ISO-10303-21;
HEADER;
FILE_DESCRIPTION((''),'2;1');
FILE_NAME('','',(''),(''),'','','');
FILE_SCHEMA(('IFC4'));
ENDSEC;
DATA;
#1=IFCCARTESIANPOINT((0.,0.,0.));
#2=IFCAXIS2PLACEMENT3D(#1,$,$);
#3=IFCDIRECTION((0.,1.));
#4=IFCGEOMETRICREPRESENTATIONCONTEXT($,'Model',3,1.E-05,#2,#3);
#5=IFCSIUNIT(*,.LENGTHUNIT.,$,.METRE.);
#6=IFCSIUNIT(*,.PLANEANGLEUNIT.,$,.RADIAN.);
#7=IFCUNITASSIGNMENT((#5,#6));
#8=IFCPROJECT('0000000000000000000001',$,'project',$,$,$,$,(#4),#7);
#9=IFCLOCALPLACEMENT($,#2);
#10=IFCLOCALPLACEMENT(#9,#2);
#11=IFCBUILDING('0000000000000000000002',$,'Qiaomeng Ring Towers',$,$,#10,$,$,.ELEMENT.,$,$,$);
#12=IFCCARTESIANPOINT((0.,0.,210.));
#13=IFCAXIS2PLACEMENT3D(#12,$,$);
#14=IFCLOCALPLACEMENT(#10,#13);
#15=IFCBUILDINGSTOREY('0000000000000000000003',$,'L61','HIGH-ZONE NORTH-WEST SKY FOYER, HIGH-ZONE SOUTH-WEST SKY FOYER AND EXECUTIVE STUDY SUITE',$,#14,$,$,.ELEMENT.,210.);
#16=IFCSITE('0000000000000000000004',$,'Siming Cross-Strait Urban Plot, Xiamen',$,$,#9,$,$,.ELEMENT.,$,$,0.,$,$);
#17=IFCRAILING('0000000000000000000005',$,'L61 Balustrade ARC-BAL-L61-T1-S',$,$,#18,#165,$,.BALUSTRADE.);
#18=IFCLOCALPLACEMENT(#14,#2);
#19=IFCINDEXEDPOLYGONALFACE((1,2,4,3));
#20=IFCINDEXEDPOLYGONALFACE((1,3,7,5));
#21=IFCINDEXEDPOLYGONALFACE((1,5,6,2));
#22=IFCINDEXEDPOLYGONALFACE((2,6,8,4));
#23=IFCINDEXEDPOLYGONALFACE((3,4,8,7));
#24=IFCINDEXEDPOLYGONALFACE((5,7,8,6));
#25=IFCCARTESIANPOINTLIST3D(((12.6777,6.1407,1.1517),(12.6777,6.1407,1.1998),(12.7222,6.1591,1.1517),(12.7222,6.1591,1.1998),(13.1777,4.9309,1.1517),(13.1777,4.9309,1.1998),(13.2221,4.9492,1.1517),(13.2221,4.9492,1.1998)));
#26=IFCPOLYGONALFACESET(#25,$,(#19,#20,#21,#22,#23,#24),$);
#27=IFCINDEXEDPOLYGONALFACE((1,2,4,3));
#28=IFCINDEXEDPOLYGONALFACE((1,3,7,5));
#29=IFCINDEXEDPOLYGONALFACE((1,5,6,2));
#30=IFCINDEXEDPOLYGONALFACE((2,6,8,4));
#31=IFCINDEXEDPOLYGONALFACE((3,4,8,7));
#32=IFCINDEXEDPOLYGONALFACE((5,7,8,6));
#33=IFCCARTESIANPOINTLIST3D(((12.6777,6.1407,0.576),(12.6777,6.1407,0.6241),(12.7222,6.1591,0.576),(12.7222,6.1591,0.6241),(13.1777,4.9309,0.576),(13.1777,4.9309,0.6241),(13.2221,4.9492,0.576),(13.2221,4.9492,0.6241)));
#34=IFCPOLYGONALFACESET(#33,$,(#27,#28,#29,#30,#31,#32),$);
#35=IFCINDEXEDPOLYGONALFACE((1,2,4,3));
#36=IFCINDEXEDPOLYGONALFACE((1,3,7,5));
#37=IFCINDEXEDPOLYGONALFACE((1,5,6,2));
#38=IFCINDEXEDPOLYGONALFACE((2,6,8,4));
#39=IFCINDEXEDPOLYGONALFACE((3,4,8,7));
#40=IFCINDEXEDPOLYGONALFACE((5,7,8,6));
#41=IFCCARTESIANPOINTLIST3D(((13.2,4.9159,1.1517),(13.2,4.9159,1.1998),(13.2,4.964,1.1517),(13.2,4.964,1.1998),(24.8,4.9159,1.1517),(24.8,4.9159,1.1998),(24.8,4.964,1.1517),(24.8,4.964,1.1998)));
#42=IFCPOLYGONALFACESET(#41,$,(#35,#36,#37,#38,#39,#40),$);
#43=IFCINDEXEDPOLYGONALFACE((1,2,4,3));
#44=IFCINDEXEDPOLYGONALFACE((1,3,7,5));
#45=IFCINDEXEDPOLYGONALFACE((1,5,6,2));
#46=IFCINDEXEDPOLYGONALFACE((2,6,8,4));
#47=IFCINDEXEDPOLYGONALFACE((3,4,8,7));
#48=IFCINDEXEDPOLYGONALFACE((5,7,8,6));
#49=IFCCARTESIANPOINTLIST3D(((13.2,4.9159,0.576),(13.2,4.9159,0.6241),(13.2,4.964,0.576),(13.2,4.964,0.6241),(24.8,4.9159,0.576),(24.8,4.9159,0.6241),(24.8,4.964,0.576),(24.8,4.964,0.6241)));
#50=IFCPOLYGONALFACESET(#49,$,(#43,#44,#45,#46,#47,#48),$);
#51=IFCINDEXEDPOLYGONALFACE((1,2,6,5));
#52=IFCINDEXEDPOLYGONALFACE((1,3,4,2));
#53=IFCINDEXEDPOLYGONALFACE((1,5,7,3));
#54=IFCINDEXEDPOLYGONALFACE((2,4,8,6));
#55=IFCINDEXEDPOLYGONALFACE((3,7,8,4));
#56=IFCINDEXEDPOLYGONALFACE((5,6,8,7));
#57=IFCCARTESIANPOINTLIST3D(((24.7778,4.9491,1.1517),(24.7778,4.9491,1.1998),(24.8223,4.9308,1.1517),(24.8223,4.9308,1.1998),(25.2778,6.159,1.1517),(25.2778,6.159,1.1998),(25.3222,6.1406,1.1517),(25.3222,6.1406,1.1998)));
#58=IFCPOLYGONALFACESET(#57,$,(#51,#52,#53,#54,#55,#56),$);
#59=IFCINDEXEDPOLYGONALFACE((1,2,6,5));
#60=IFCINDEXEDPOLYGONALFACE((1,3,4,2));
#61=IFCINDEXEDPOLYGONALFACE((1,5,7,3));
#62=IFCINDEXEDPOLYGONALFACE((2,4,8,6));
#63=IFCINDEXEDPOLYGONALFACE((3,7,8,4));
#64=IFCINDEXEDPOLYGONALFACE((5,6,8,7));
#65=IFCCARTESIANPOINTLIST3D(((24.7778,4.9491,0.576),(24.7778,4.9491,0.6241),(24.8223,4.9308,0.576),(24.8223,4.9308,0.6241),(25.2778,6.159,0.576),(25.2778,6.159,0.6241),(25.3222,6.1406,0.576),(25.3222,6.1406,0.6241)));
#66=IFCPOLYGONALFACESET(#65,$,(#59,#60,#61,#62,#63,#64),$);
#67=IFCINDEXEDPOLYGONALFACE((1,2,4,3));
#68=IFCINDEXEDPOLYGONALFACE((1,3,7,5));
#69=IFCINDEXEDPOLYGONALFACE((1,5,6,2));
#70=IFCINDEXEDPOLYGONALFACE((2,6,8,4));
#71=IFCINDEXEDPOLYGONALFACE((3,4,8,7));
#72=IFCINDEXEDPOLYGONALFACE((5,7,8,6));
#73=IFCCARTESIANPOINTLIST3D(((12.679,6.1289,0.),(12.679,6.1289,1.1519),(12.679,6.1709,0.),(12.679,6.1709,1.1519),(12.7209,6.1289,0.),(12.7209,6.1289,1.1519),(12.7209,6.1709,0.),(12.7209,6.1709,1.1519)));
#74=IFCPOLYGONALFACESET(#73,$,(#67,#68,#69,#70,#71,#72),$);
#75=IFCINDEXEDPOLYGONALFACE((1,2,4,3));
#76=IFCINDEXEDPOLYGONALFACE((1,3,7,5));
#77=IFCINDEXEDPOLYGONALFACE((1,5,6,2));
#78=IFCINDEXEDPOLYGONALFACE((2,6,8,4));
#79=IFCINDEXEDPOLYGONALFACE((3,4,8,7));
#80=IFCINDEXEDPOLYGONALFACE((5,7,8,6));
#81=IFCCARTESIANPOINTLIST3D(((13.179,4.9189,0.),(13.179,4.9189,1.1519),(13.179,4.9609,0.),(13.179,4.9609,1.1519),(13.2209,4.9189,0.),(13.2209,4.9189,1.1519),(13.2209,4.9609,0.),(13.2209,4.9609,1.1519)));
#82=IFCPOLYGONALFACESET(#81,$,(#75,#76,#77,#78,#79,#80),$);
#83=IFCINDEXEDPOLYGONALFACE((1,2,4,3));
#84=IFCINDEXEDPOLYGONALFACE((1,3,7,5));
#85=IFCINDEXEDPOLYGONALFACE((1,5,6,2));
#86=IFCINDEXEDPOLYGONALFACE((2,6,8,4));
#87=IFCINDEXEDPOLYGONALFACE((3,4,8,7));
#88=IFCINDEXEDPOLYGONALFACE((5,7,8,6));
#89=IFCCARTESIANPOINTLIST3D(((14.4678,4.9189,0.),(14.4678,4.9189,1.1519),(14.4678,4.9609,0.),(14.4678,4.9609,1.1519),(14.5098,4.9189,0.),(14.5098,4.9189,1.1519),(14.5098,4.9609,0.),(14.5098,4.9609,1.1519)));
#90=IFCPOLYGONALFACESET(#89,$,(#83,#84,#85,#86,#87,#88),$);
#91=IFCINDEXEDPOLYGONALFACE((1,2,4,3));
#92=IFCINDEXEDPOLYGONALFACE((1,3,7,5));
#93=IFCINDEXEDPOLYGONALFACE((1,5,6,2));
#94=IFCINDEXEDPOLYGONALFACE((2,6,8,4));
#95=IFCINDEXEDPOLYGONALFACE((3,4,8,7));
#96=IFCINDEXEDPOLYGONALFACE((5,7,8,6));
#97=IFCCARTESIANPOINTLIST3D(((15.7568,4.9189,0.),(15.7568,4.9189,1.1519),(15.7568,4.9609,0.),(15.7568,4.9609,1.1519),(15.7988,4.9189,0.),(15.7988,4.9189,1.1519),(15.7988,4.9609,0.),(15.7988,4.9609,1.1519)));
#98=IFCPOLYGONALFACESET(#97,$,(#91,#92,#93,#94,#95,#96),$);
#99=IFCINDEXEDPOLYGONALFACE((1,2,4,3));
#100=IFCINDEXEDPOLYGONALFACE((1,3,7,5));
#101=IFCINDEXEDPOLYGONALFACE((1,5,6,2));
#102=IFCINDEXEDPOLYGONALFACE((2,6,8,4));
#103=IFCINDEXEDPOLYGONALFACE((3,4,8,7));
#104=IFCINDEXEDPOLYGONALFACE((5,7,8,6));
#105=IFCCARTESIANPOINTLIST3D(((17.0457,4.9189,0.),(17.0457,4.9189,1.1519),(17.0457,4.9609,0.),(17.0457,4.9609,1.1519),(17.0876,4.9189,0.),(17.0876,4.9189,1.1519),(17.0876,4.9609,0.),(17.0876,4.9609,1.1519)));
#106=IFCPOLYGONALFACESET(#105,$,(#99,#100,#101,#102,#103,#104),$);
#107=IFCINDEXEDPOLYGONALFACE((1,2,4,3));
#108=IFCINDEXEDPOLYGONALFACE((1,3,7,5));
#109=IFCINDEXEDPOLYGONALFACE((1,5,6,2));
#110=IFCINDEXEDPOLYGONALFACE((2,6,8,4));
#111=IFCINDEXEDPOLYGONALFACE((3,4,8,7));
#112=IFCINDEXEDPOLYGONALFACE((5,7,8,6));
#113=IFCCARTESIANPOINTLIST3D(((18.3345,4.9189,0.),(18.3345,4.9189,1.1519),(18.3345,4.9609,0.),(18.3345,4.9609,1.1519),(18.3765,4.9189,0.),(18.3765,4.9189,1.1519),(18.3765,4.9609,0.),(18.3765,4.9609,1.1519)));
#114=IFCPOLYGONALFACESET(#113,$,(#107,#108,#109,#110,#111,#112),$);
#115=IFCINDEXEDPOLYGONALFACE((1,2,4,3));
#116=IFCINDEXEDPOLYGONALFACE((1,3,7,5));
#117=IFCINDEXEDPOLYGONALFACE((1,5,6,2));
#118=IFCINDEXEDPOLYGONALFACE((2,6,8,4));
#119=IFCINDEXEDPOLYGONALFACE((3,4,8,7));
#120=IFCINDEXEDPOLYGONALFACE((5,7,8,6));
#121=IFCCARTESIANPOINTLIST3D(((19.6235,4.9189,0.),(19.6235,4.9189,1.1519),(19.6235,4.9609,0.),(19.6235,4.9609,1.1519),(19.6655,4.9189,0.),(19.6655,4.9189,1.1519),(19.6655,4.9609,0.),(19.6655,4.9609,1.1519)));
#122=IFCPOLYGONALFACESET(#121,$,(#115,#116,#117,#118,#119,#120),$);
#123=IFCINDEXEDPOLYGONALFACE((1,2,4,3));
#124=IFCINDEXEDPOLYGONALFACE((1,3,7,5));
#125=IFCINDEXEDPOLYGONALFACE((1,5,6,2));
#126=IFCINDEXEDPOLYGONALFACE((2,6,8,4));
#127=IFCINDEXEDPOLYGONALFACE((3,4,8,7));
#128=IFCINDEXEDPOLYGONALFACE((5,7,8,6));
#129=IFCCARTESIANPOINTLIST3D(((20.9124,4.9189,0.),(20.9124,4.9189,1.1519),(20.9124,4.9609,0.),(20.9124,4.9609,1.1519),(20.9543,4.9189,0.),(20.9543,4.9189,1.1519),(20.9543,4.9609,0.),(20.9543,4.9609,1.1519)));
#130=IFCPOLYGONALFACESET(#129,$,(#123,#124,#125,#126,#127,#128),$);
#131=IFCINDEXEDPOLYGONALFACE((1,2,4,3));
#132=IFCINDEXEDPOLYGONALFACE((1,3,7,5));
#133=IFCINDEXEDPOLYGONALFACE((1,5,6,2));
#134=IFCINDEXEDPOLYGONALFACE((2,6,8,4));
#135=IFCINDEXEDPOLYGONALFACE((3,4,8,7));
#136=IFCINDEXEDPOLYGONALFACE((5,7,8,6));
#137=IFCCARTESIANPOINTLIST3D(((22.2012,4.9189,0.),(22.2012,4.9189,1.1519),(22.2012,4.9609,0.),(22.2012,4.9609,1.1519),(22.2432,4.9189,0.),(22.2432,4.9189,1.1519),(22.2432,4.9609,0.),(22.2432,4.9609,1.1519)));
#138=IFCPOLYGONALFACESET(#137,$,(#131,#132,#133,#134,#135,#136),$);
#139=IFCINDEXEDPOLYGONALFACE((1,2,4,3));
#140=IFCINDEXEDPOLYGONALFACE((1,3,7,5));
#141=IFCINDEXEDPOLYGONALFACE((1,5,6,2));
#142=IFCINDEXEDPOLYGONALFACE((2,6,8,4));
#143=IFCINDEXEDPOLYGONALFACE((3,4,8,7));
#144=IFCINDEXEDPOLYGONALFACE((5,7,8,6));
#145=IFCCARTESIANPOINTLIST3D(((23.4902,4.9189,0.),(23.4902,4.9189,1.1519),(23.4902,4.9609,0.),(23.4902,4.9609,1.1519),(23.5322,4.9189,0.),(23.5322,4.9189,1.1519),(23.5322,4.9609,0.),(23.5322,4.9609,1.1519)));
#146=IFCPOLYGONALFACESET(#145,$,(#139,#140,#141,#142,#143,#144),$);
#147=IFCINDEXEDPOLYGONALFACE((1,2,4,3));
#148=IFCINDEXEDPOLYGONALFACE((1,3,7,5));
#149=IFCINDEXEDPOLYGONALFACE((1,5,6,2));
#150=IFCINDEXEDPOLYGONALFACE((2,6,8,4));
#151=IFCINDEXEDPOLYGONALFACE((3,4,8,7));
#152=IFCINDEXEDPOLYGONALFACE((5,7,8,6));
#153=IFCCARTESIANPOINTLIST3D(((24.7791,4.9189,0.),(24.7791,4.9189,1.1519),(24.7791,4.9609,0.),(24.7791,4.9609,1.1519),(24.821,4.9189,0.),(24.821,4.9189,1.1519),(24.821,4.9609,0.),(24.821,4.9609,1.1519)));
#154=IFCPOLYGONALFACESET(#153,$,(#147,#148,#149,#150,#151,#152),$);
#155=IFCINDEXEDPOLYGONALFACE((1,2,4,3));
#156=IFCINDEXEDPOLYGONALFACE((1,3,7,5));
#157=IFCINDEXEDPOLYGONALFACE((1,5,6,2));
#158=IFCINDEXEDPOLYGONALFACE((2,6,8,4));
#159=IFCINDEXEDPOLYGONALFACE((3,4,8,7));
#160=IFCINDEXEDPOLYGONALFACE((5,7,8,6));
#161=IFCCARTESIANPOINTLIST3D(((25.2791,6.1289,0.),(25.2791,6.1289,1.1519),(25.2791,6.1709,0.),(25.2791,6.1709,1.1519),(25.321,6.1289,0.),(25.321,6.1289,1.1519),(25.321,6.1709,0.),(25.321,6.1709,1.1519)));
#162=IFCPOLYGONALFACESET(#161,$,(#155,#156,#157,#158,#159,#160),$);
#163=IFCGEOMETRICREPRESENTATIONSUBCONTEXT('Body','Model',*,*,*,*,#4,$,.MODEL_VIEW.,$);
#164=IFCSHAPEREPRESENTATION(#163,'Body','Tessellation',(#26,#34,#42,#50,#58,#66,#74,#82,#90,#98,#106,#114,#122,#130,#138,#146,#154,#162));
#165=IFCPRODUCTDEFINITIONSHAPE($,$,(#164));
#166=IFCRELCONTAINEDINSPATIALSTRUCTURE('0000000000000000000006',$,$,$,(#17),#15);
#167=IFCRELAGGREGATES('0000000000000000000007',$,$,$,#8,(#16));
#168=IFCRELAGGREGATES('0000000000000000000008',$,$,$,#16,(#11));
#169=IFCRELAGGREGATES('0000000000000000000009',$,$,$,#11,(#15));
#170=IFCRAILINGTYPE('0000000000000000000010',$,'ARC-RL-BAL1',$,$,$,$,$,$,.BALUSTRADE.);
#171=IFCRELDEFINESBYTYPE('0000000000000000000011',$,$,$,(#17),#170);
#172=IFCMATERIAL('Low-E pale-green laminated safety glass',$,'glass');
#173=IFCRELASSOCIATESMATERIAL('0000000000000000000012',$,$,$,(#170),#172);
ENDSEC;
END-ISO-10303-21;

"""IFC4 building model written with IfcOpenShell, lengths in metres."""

from ifc_helpers import new_model, si_unit, direction, frame, origin, origin_2d, place, context, subcontext, project, spatial, rectangle, extrude, material, type_object, element, save


model = new_model("IFC4")

# Units and contexts
model_context = context("Model", 3, precision=1e-05, world=origin(), true_north=direction((0.0, 1.0)))
body_context = subcontext(model_context, "Body", "Model", "MODEL_VIEW")
ifc_project = project(units=[si_unit("LENGTHUNIT", "METRE"), si_unit("PLANEANGLEUNIT", "RADIAN")], contexts=[model_context])

# Site, building, storey
site_placement = place(None, origin())
site = spatial("IfcSite", under=ifc_project, at=site_placement, Name="Siming Cross-Strait Urban Plot, Xiamen", CompositionType="ELEMENT", RefElevation=0.0)
building_placement = place(site_placement, origin())
building = spatial("IfcBuilding", under=site, at=building_placement, Name="Qiaomeng Ring Towers", CompositionType="ELEMENT")
storey_placement = place(building_placement, frame((0.0, 0.0, 210.0)))
storey = spatial("IfcBuildingStorey", under=building, at=storey_placement, Name="L61", Description="HIGH-ZONE NORTH-WEST SKY FOYER, HIGH-ZONE SOUTH-WEST SKY FOYER AND EXECUTIVE STUDY SUITE", CompositionType="ELEMENT", Elevation=210.0)

# Railing
ifc_material_1 = material(Name="Low-E pale-green laminated safety glass", Category="glass")
railing_type = type_object("IfcRailingType", Name="ARC-RL-BAL1", PredefinedType="BALUSTRADE", material=ifc_material_1)
railing_placement = place(storey_placement, frame((12.7, 6.1499, 0.0)))
element("IfcRailing", 1, at=railing_placement, inside=storey, type_object=railing_type, Name="L61 Balustrade ARC-BAL-L61-T1-S", PredefinedType="BALUSTRADE", context=body_context, shape_type="SweptSolid", body=[
    extrude(rectangle(XDim=0.0481, YDim=0.0481, at=origin_2d()), frame((0.0, 0.0, 1.1758), z_axis=(0.381913, -0.924198, 0.0), x_axis=(0.924198, 0.381913, 0.0)), (0.0, 0.0, 1.0), 1.3091),
    extrude(rectangle(XDim=0.0481, YDim=0.0481, at=origin_2d()), frame((0.0, 0.0, 0.6001), z_axis=(0.381913, -0.924198, 0.0), x_axis=(0.924198, 0.381913, 0.0)), (0.0, 0.0, 1.0), 1.3091),
    extrude(rectangle(XDim=0.0481, YDim=0.0481, at=origin_2d()), frame((0.5, -1.21, 1.1758), z_axis=(1.0, 0.0, 0.0), x_axis=(0.0, 1.0, 0.0)), (0.0, 0.0, 1.0), 11.6001),
    extrude(rectangle(XDim=0.0481, YDim=0.0481, at=origin_2d()), frame((0.5, -1.21, 0.6001), z_axis=(1.0, 0.0, 0.0), x_axis=(0.0, 1.0, 0.0)), (0.0, 0.0, 1.0), 11.6001),
    extrude(rectangle(XDim=0.0481, YDim=0.0481, at=origin_2d()), frame((12.1001, -1.21, 1.1758), z_axis=(0.381913, 0.924198, 0.0), x_axis=(-0.924198, 0.381913, 0.0)), (0.0, 0.0, 1.0), 1.3091),
    extrude(rectangle(XDim=0.0481, YDim=0.0481, at=origin_2d()), frame((12.1001, -1.21, 0.6001), z_axis=(0.381913, 0.924198, 0.0), x_axis=(-0.924198, 0.381913, 0.0)), (0.0, 0.0, 1.0), 1.3091),
    extrude(rectangle(XDim=0.042, YDim=0.042, at=origin_2d()), origin(), (0.0, 0.0, 1.0), 1.1519),
    extrude(rectangle(XDim=0.042, YDim=0.042, at=origin_2d()), frame((0.5, -1.21, 0.0)), (0.0, 0.0, 1.0), 1.1519),
    extrude(rectangle(XDim=0.042, YDim=0.042, at=origin_2d()), frame((1.7888, -1.21, 0.0)), (0.0, 0.0, 1.0), 1.1519),
    extrude(rectangle(XDim=0.042, YDim=0.042, at=origin_2d()), frame((3.0779, -1.21, 0.0)), (0.0, 0.0, 1.0), 1.1519),
    extrude(rectangle(XDim=0.042, YDim=0.042, at=origin_2d()), frame((4.3667, -1.21, 0.0)), (0.0, 0.0, 1.0), 1.1519),
    extrude(rectangle(XDim=0.042, YDim=0.042, at=origin_2d()), frame((5.6555, -1.21, 0.0)), (0.0, 0.0, 1.0), 1.1519),
    extrude(rectangle(XDim=0.042, YDim=0.042, at=origin_2d()), frame((6.9446, -1.21, 0.0)), (0.0, 0.0, 1.0), 1.1519),
    extrude(rectangle(XDim=0.042, YDim=0.042, at=origin_2d()), frame((8.2334, -1.21, 0.0)), (0.0, 0.0, 1.0), 1.1519),
    extrude(rectangle(XDim=0.042, YDim=0.042, at=origin_2d()), frame((9.5222, -1.21, 0.0)), (0.0, 0.0, 1.0), 1.1519),
    extrude(rectangle(XDim=0.042, YDim=0.042, at=origin_2d()), frame((10.8113, -1.21, 0.0)), (0.0, 0.0, 1.0), 1.1519),
    extrude(rectangle(XDim=0.042, YDim=0.042, at=origin_2d()), frame((12.1001, -1.21, 0.0)), (0.0, 0.0, 1.0), 1.1519),
    extrude(rectangle(XDim=0.042, YDim=0.042, at=origin_2d()), frame((12.6001, 0.0, 0.0)), (0.0, 0.0, 1.0), 1.1519),
])

save(model, "model.ifc")
